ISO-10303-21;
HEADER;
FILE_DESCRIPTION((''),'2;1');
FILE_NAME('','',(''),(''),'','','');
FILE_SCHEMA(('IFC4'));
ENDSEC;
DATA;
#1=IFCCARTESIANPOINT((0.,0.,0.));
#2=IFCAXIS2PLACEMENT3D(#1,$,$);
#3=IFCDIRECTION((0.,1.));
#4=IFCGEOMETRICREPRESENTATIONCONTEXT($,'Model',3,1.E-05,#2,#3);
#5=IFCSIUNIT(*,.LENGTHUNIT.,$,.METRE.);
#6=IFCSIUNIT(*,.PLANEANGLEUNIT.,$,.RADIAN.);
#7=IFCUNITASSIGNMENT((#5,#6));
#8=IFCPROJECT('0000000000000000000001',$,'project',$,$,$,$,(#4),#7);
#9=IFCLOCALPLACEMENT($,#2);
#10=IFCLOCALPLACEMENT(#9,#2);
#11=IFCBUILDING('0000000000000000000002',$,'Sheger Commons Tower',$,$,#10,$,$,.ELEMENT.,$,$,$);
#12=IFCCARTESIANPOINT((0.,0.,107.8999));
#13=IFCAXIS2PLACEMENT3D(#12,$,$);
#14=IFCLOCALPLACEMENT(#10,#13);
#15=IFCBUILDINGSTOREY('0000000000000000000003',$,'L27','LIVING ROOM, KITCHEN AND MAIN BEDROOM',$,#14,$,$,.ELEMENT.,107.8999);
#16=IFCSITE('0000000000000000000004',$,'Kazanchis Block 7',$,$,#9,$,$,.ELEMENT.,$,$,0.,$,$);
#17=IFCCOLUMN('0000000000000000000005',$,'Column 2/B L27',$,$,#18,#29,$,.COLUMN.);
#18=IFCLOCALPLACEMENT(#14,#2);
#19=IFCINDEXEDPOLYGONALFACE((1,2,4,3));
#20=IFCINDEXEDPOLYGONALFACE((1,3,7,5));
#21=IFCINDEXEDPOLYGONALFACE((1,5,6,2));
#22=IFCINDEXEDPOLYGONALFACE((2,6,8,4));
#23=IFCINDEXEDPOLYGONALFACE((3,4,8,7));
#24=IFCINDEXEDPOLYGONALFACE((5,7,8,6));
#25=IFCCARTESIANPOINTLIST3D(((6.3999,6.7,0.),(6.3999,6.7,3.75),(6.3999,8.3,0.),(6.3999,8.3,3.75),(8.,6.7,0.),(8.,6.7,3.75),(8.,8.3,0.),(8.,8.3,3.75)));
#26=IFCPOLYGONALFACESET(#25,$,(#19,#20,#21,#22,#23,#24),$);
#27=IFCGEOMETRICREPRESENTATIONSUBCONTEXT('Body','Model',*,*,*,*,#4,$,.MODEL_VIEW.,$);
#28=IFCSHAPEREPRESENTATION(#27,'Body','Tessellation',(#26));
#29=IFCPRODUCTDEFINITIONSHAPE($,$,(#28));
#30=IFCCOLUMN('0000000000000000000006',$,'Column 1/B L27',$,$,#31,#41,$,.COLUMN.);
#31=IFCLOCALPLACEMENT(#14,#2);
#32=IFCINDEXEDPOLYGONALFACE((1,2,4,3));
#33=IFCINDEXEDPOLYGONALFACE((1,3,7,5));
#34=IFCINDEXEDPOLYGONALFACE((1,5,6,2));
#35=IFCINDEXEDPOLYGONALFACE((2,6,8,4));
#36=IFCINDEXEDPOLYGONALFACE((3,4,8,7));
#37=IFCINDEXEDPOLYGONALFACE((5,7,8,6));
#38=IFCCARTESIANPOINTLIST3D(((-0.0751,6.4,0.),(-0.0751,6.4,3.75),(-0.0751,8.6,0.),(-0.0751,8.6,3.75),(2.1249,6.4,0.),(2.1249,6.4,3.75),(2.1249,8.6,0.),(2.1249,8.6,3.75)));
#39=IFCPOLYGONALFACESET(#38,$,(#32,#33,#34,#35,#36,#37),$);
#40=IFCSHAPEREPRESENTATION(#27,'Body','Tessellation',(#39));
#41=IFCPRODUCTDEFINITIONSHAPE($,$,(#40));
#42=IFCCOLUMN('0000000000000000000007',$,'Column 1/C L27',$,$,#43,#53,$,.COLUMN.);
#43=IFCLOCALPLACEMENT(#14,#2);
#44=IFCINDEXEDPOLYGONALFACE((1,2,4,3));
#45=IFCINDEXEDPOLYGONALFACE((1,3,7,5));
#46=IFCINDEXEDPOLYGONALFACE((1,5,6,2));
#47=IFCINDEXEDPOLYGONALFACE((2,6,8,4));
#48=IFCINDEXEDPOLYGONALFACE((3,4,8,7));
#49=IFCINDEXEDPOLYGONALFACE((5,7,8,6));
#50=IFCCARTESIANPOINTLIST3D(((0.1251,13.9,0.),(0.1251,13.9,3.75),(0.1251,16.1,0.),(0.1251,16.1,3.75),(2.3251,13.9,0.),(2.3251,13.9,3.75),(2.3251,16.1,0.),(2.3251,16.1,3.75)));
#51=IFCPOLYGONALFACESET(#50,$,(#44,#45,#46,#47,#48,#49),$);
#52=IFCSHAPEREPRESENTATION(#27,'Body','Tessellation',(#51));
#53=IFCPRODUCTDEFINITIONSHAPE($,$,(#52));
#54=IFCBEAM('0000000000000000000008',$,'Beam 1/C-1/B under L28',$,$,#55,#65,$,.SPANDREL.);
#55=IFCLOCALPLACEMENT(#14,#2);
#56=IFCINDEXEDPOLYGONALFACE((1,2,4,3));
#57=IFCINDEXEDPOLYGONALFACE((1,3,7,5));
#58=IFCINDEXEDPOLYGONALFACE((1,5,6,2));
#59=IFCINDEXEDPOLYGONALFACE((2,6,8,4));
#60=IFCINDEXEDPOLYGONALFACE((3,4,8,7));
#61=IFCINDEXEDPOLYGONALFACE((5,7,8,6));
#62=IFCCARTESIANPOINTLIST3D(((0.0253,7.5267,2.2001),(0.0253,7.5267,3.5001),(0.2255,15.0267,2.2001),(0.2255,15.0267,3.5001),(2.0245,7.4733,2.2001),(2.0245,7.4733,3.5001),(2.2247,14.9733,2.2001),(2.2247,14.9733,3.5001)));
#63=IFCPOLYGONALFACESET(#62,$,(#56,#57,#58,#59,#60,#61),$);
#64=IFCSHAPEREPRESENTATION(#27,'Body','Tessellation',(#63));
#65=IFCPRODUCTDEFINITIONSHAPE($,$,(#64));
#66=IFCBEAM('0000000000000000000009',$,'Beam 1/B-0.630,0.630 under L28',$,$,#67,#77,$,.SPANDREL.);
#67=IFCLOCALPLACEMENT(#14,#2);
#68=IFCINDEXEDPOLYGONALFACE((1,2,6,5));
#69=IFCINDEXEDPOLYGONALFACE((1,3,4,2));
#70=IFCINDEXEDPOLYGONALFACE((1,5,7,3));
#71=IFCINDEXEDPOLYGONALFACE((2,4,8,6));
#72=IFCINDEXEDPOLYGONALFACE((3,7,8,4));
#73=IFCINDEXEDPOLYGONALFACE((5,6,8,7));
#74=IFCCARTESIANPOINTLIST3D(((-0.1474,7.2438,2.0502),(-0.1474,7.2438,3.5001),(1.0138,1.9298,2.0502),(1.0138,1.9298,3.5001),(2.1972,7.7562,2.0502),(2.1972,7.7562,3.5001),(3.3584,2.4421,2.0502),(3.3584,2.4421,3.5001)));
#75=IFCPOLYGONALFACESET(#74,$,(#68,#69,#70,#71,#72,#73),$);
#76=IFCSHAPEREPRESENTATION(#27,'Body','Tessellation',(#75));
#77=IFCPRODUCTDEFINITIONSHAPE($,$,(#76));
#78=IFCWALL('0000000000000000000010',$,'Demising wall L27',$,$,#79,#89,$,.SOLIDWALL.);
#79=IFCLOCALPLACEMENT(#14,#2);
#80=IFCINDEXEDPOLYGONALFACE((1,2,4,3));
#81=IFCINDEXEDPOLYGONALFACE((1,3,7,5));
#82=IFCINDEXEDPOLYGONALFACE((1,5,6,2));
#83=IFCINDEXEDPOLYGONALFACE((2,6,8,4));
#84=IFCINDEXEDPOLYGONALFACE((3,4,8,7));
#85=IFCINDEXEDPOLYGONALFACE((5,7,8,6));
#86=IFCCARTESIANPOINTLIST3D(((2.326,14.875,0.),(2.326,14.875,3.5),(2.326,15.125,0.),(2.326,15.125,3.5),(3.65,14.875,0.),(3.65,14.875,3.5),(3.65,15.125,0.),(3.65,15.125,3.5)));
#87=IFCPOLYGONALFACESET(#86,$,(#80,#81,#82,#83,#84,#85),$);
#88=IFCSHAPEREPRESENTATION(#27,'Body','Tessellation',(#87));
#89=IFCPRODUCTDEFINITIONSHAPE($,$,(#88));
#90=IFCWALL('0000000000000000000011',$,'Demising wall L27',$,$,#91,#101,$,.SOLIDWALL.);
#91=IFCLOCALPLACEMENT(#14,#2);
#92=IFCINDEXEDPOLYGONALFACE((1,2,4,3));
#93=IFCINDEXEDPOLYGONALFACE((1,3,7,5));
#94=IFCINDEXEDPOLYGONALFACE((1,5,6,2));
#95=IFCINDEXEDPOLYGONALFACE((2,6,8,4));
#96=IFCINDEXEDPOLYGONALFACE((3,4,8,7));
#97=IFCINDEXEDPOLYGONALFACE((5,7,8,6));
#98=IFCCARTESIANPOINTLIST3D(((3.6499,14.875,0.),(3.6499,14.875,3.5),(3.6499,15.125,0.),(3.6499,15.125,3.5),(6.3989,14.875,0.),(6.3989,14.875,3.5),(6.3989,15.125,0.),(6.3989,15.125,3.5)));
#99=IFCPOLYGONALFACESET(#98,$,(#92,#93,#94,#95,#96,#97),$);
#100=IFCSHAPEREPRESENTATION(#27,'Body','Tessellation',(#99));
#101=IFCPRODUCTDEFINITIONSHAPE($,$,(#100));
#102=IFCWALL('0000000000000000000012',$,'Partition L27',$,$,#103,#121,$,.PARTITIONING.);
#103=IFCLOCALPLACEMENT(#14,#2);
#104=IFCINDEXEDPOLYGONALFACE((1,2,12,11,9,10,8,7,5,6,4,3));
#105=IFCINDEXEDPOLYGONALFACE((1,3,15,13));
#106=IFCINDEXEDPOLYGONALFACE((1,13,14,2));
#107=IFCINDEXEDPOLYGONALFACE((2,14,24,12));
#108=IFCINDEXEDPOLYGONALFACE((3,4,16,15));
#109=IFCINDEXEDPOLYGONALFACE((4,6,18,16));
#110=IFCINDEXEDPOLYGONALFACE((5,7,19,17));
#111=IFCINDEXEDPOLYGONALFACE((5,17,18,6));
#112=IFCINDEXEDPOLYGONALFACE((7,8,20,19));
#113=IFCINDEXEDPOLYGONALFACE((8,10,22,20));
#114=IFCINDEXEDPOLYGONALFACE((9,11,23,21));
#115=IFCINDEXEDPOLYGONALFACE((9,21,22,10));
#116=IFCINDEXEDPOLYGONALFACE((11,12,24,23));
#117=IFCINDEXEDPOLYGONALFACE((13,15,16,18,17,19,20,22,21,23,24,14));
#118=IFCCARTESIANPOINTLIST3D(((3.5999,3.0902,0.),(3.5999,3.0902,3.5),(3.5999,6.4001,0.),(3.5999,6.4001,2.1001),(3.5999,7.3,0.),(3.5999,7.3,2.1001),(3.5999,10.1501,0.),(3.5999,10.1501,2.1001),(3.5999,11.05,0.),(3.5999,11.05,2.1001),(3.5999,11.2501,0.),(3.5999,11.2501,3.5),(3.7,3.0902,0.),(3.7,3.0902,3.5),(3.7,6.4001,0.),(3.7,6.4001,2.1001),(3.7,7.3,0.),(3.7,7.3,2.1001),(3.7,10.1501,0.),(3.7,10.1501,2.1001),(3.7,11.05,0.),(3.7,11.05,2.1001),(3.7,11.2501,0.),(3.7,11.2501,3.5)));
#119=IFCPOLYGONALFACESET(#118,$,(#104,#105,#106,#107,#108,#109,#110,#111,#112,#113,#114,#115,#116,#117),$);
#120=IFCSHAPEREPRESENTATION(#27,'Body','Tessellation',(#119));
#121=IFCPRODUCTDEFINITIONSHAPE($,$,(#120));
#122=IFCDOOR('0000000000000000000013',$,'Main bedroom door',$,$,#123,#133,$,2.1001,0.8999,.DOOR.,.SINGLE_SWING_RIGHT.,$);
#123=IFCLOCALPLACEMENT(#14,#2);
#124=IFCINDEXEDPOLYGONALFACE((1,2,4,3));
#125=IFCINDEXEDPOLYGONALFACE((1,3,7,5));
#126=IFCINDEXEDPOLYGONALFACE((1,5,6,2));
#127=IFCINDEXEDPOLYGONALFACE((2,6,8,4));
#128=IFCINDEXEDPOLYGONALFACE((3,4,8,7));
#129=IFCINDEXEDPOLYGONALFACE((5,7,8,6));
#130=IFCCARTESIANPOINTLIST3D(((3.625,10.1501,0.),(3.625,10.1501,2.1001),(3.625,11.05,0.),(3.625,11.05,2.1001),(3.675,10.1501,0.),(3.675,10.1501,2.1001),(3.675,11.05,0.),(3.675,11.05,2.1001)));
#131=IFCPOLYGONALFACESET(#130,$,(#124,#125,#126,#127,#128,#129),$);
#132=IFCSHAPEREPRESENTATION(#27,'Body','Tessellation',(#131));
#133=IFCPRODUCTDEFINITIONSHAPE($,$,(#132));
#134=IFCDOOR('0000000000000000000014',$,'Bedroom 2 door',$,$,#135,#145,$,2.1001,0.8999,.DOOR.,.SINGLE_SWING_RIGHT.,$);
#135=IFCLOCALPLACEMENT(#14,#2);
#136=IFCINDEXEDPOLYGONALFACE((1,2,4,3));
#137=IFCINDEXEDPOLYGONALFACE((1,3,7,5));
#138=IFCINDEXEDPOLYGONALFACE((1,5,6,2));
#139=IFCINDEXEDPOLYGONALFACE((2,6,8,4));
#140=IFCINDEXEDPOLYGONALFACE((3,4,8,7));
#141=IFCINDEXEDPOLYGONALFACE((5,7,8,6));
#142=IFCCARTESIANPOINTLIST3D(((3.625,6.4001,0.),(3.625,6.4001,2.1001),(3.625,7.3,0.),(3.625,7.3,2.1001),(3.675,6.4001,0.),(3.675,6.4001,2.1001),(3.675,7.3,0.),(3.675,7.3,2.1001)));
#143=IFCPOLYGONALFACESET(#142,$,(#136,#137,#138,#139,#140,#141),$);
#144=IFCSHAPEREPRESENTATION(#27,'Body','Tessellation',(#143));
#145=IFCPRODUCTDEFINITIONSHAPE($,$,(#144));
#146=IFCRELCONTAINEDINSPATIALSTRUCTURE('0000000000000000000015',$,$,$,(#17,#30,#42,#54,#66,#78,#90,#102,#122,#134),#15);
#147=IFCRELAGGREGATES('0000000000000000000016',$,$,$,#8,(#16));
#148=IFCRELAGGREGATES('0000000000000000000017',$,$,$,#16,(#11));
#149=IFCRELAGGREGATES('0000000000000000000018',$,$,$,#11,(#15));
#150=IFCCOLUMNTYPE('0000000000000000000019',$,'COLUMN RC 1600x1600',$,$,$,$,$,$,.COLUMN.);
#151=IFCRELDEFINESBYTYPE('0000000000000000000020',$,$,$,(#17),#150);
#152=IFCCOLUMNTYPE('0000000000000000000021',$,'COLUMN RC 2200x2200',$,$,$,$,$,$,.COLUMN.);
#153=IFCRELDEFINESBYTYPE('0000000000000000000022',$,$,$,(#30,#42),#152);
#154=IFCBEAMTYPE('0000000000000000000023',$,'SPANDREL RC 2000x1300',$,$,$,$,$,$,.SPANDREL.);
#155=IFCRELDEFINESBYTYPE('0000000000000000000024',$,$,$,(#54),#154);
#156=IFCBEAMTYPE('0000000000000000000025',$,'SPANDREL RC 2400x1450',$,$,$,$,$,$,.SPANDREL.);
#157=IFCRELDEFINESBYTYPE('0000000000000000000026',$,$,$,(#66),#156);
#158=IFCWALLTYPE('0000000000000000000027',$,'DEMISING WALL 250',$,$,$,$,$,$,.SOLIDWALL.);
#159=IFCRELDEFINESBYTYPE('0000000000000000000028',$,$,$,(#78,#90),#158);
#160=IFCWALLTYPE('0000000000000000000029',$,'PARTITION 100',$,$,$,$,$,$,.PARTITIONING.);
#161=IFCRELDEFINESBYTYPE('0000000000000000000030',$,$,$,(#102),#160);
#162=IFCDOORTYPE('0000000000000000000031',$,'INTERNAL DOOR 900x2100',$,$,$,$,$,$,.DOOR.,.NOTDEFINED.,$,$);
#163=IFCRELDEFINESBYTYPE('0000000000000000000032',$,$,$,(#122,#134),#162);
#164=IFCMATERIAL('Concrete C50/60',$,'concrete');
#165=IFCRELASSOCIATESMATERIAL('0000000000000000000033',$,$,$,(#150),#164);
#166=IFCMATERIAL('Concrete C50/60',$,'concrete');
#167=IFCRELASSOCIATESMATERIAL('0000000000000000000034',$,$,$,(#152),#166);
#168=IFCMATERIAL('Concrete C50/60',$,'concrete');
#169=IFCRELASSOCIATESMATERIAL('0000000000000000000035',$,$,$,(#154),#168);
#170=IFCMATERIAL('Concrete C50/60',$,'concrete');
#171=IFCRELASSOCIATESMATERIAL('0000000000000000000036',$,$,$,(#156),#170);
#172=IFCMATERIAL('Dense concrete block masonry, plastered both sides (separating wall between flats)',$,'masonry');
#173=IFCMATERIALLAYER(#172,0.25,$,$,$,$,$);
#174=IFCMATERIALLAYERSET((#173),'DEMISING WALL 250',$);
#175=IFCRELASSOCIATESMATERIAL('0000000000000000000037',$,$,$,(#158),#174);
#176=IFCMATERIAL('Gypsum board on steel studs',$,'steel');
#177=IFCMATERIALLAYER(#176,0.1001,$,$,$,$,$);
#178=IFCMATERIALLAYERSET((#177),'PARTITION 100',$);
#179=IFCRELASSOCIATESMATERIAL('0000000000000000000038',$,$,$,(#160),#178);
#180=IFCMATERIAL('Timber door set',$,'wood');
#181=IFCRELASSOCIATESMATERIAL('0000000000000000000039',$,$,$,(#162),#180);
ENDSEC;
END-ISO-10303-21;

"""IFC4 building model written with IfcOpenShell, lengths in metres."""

from ifc_helpers import new_model, si_unit, direction, frame, frame_2d, origin, origin_2d, place, context, subcontext, project, spatial, rectangle, extrude, material, layer, layer_set, material_profile, profile_set, type_object, element, fill, save


model = new_model("IFC4")

# Units and contexts
model_context = context("Model", 3, precision=1e-05, world=origin(), true_north=direction((0.0, 1.0)))
body_context = subcontext(model_context, "Body", "Model", "MODEL_VIEW")
ifc_project = project(units=[si_unit("LENGTHUNIT", "METRE"), si_unit("PLANEANGLEUNIT", "RADIAN")], contexts=[model_context])

# Site, building, storey
site_placement = place(None, origin())
site = spatial("IfcSite", under=ifc_project, at=site_placement, Name="Kazanchis Block 7", CompositionType="ELEMENT", RefElevation=0.0)
building_placement = place(site_placement, origin())
building = spatial("IfcBuilding", under=site, at=building_placement, Name="Sheger Commons Tower", CompositionType="ELEMENT")
storey_placement = place(building_placement, frame((0.0, 0.0, 107.8999)))
storey = spatial("IfcBuildingStorey", under=building, at=storey_placement, Name="L27", Description="LIVING ROOM, KITCHEN AND MAIN BEDROOM", CompositionType="ELEMENT", Elevation=107.8999)

# Columns
ifc_material_1 = material(Name="Concrete C50/60", Category="concrete")
ifc_material_profile_1 = material_profile(ifc_material_1, rectangle(XDim=1.6001, YDim=1.6001, at=origin_2d()), Name="RC 1600x1600")
ifc_profile_set_1 = profile_set([ifc_material_profile_1], Name="Concrete C50/60")
column_type_1 = type_object("IfcColumnType", Name="COLUMN RC 1600x1600", PredefinedType="COLUMN", material=ifc_profile_set_1)
column_placement = place(storey_placement, frame((7.2, 7.5, 0.0), z_axis=(0.0, 0.0, 1.0), x_axis=(1.0, 0.0, 0.0)))
element("IfcColumn", 1, at=column_placement, inside=storey, type_object=column_type_1, Name="Column 2/B L27", PredefinedType="COLUMN", context=body_context, shape_type="SweptSolid", body=[
    extrude(rectangle(XDim=1.6001, YDim=1.6001, at=origin_2d()), origin(), (0.0, 0.0, 1.0), 3.75),
])
ifc_material_2 = material(Name="Concrete C50/60", Category="concrete")
ifc_material_profile_2 = material_profile(ifc_material_2, rectangle(XDim=2.2, YDim=2.2, at=origin_2d()), Name="RC 2200x2200")
ifc_profile_set_2 = profile_set([ifc_material_profile_2], Name="Concrete C50/60")
column_type_2 = type_object("IfcColumnType", Name="COLUMN RC 2200x2200", PredefinedType="COLUMN", material=ifc_profile_set_2)
for number, where, z_axis, x_axis, name in (
    (2, (1.0249, 7.5, 0.0), (0.0, 0.0, 1.0), (1.0, 0.0, 0.0), "Column 1/B L27"),
    (3, (1.2251, 15.0, 0.0), (0.0, 0.0, 1.0), (1.0, 0.0, 0.0), "Column 1/C L27"),
):
    element("IfcColumn", number, at=place(storey_placement, frame(where, z_axis=z_axis, x_axis=x_axis)), inside=storey, type_object=column_type_2, Name=name, PredefinedType="COLUMN", context=body_context, shape_type="SweptSolid", body=[
        extrude(rectangle(XDim=2.2, YDim=2.2, at=origin_2d()), origin(), (0.0, 0.0, 1.0), 3.75),
    ])

# Beams
ifc_material_3 = material(Name="Concrete C50/60", Category="concrete")
ifc_material_profile_3 = material_profile(ifc_material_3, rectangle(XDim=2.0, YDim=1.3, at=origin_2d()), Name="RC 2000x1300")
ifc_profile_set_3 = profile_set([ifc_material_profile_3], Name="Concrete C50/60")
beam_type_1 = type_object("IfcBeamType", Name="SPANDREL RC 2000x1300", PredefinedType="SPANDREL", material=ifc_profile_set_3)
beam_1_placement = place(storey_placement, frame((1.2251, 15.0, 2.8501), z_axis=(-0.026683, -0.999644, 0.0), x_axis=(0.999644, -0.026683, 0.0)))
element("IfcBeam", 4, at=beam_1_placement, inside=storey, type_object=beam_type_1, Name="Beam 1/C-1/B under L28", PredefinedType="SPANDREL", context=body_context, shape_type="SweptSolid", body=[
    extrude(rectangle(XDim=2.0, YDim=1.3, at=origin_2d()), origin(), (0.0, 0.0, 1.0), 7.5027),
])
ifc_material_4 = material(Name="Concrete C50/60", Category="concrete")
ifc_material_profile_4 = material_profile(ifc_material_4, rectangle(XDim=2.3999, YDim=1.45, at=origin_2d()), Name="RC 2400x1450")
ifc_profile_set_4 = profile_set([ifc_material_profile_4], Name="Concrete C50/60")
beam_type_2 = type_object("IfcBeamType", Name="SPANDREL RC 2400x1450", PredefinedType="SPANDREL", material=ifc_profile_set_4)
beam_2_placement = place(storey_placement, frame((1.0249, 7.5, 2.7751), z_axis=(0.213469, -0.97695, 0.0), x_axis=(0.97695, 0.213469, 0.0)))
element("IfcBeam", 5, at=beam_2_placement, inside=storey, type_object=beam_type_2, Name="Beam 1/B-0.630,0.630 under L28", PredefinedType="SPANDREL", context=body_context, shape_type="SweptSolid", body=[
    extrude(rectangle(XDim=2.3999, YDim=1.45, at=origin_2d()), origin(), (0.0, 0.0, 1.0), 5.4395),
])

# Walls
ifc_material_5 = material(Name="Dense concrete block masonry, plastered both sides (separating wall between flats)", Category="masonry")
ifc_layer_1 = layer(ifc_material_5, 0.25)
ifc_layer_set_1 = layer_set([ifc_layer_1], Name="DEMISING WALL 250")
wall_type_1 = type_object("IfcWallType", Name="DEMISING WALL 250", PredefinedType="SOLIDWALL", material=ifc_layer_set_1)
wall_1_placement = place(storey_placement, frame((2.3259, 15.0, 0.0), z_axis=(0.0, 0.0, 1.0), x_axis=(1.0, 0.0, 0.0)))
element("IfcWall", 6, at=wall_1_placement, inside=storey, type_object=wall_type_1, Name="Demising wall L27", PredefinedType="SOLIDWALL", context=body_context, shape_type="SweptSolid", body=[
    extrude(rectangle(XDim=1.324, YDim=0.25, at=frame_2d((0.6621, 0.0))), origin(), (0.0, 0.0, 1.0), 3.5),
])
wall_2_placement = place(storey_placement, frame((3.6499, 15.0, 0.0), z_axis=(0.0, 0.0, 1.0), x_axis=(1.0, 0.0, 0.0)))
element("IfcWall", 7, at=wall_2_placement, inside=storey, type_object=wall_type_1, Name="Demising wall L27", PredefinedType="SOLIDWALL", context=body_context, shape_type="SweptSolid", body=[
    extrude(rectangle(XDim=2.749, YDim=0.25, at=frame_2d((1.3745, 0.0))), origin(), (0.0, 0.0, 1.0), 3.5),
])

# Wall, openings, doors
ifc_material_6 = material(Name="Gypsum board on steel studs", Category="steel")
ifc_layer_2 = layer(ifc_material_6, 0.1001)
ifc_layer_set_2 = layer_set([ifc_layer_2], Name="PARTITION 100")
wall_type_2 = type_object("IfcWallType", Name="PARTITION 100", PredefinedType="PARTITIONING", material=ifc_layer_set_2)
wall_3_placement = place(storey_placement, frame((3.6499, 3.0901, 0.0), z_axis=(0.0, 0.0, 1.0), x_axis=(0.0, 1.0, 0.0)))
wall_3 = element("IfcWall", 8, at=wall_3_placement, inside=storey, type_object=wall_type_2, Name="Partition L27", PredefinedType="PARTITIONING", context=body_context, shape_type="SweptSolid", body=[
    extrude(rectangle(XDim=8.1599, YDim=0.1001, at=frame_2d((4.0801, 0.0))), origin(), (0.0, 0.0, 1.0), 3.5),
])
opening_1_placement = place(wall_3_placement, frame((7.0601, 0.0, 0.0)))
opening_1 = element("IfcOpeningElement", 9, at=opening_1_placement, cuts=wall_3, PredefinedType="OPENING", context=body_context, shape_type="SweptSolid", body=[
    extrude(rectangle(XDim=0.8999, YDim=2.1001, at=frame_2d((0.45, 1.05))), frame((0.0, 0.0601, 0.0), z_axis=(0.0, -1.0, 0.0), x_axis=(1.0, 0.0, 0.0)), (0.0, 0.0, 1.0), 0.1201),
])
opening_2_placement = place(wall_3_placement, frame((3.3101, 0.0, 0.0)))
opening_2 = element("IfcOpeningElement", 10, at=opening_2_placement, cuts=wall_3, PredefinedType="OPENING", context=body_context, shape_type="SweptSolid", body=[
    extrude(rectangle(XDim=0.8999, YDim=2.1001, at=frame_2d((0.45, 1.05))), frame((0.0, 0.0601, 0.0), z_axis=(0.0, -1.0, 0.0), x_axis=(1.0, 0.0, 0.0)), (0.0, 0.0, 1.0), 0.1201),
])
ifc_material_7 = material(Name="Timber door set", Category="wood")
door_type = type_object("IfcDoorType", Name="INTERNAL DOOR 900x2100", OperationType="NOTDEFINED", PredefinedType="DOOR", material=ifc_material_7)
door_1_placement = place(opening_1_placement, origin())
door_1 = element("IfcDoor", 11, at=door_1_placement, inside=storey, type_object=door_type, Name="Main bedroom door", OperationType="SINGLE_SWING_RIGHT", OverallHeight=2.1001, OverallWidth=0.8999, PredefinedType="DOOR", context=body_context, shape_type="SweptSolid", body=[
    extrude(rectangle(XDim=0.8999, YDim=2.1001, at=frame_2d((0.45, 1.05))), frame((0.0, 0.0249, 0.0), z_axis=(0.0, -1.0, 0.0), x_axis=(1.0, 0.0, 0.0)), (0.0, 0.0, 1.0), 0.05),
])
fill(opening_1, door_1)
door_2_placement = place(opening_2_placement, origin())
door_2 = element("IfcDoor", 12, at=door_2_placement, inside=storey, type_object=door_type, Name="Bedroom 2 door", OperationType="SINGLE_SWING_RIGHT", OverallHeight=2.1001, OverallWidth=0.8999, PredefinedType="DOOR", context=body_context, shape_type="SweptSolid", body=[
    extrude(rectangle(XDim=0.8999, YDim=2.1001, at=frame_2d((0.45, 1.05))), frame((0.0, 0.0249, 0.0), z_axis=(0.0, -1.0, 0.0), x_axis=(1.0, 0.0, 0.0)), (0.0, 0.0, 1.0), 0.05),
])
fill(opening_2, door_2)

save(model, "model.ifc")
